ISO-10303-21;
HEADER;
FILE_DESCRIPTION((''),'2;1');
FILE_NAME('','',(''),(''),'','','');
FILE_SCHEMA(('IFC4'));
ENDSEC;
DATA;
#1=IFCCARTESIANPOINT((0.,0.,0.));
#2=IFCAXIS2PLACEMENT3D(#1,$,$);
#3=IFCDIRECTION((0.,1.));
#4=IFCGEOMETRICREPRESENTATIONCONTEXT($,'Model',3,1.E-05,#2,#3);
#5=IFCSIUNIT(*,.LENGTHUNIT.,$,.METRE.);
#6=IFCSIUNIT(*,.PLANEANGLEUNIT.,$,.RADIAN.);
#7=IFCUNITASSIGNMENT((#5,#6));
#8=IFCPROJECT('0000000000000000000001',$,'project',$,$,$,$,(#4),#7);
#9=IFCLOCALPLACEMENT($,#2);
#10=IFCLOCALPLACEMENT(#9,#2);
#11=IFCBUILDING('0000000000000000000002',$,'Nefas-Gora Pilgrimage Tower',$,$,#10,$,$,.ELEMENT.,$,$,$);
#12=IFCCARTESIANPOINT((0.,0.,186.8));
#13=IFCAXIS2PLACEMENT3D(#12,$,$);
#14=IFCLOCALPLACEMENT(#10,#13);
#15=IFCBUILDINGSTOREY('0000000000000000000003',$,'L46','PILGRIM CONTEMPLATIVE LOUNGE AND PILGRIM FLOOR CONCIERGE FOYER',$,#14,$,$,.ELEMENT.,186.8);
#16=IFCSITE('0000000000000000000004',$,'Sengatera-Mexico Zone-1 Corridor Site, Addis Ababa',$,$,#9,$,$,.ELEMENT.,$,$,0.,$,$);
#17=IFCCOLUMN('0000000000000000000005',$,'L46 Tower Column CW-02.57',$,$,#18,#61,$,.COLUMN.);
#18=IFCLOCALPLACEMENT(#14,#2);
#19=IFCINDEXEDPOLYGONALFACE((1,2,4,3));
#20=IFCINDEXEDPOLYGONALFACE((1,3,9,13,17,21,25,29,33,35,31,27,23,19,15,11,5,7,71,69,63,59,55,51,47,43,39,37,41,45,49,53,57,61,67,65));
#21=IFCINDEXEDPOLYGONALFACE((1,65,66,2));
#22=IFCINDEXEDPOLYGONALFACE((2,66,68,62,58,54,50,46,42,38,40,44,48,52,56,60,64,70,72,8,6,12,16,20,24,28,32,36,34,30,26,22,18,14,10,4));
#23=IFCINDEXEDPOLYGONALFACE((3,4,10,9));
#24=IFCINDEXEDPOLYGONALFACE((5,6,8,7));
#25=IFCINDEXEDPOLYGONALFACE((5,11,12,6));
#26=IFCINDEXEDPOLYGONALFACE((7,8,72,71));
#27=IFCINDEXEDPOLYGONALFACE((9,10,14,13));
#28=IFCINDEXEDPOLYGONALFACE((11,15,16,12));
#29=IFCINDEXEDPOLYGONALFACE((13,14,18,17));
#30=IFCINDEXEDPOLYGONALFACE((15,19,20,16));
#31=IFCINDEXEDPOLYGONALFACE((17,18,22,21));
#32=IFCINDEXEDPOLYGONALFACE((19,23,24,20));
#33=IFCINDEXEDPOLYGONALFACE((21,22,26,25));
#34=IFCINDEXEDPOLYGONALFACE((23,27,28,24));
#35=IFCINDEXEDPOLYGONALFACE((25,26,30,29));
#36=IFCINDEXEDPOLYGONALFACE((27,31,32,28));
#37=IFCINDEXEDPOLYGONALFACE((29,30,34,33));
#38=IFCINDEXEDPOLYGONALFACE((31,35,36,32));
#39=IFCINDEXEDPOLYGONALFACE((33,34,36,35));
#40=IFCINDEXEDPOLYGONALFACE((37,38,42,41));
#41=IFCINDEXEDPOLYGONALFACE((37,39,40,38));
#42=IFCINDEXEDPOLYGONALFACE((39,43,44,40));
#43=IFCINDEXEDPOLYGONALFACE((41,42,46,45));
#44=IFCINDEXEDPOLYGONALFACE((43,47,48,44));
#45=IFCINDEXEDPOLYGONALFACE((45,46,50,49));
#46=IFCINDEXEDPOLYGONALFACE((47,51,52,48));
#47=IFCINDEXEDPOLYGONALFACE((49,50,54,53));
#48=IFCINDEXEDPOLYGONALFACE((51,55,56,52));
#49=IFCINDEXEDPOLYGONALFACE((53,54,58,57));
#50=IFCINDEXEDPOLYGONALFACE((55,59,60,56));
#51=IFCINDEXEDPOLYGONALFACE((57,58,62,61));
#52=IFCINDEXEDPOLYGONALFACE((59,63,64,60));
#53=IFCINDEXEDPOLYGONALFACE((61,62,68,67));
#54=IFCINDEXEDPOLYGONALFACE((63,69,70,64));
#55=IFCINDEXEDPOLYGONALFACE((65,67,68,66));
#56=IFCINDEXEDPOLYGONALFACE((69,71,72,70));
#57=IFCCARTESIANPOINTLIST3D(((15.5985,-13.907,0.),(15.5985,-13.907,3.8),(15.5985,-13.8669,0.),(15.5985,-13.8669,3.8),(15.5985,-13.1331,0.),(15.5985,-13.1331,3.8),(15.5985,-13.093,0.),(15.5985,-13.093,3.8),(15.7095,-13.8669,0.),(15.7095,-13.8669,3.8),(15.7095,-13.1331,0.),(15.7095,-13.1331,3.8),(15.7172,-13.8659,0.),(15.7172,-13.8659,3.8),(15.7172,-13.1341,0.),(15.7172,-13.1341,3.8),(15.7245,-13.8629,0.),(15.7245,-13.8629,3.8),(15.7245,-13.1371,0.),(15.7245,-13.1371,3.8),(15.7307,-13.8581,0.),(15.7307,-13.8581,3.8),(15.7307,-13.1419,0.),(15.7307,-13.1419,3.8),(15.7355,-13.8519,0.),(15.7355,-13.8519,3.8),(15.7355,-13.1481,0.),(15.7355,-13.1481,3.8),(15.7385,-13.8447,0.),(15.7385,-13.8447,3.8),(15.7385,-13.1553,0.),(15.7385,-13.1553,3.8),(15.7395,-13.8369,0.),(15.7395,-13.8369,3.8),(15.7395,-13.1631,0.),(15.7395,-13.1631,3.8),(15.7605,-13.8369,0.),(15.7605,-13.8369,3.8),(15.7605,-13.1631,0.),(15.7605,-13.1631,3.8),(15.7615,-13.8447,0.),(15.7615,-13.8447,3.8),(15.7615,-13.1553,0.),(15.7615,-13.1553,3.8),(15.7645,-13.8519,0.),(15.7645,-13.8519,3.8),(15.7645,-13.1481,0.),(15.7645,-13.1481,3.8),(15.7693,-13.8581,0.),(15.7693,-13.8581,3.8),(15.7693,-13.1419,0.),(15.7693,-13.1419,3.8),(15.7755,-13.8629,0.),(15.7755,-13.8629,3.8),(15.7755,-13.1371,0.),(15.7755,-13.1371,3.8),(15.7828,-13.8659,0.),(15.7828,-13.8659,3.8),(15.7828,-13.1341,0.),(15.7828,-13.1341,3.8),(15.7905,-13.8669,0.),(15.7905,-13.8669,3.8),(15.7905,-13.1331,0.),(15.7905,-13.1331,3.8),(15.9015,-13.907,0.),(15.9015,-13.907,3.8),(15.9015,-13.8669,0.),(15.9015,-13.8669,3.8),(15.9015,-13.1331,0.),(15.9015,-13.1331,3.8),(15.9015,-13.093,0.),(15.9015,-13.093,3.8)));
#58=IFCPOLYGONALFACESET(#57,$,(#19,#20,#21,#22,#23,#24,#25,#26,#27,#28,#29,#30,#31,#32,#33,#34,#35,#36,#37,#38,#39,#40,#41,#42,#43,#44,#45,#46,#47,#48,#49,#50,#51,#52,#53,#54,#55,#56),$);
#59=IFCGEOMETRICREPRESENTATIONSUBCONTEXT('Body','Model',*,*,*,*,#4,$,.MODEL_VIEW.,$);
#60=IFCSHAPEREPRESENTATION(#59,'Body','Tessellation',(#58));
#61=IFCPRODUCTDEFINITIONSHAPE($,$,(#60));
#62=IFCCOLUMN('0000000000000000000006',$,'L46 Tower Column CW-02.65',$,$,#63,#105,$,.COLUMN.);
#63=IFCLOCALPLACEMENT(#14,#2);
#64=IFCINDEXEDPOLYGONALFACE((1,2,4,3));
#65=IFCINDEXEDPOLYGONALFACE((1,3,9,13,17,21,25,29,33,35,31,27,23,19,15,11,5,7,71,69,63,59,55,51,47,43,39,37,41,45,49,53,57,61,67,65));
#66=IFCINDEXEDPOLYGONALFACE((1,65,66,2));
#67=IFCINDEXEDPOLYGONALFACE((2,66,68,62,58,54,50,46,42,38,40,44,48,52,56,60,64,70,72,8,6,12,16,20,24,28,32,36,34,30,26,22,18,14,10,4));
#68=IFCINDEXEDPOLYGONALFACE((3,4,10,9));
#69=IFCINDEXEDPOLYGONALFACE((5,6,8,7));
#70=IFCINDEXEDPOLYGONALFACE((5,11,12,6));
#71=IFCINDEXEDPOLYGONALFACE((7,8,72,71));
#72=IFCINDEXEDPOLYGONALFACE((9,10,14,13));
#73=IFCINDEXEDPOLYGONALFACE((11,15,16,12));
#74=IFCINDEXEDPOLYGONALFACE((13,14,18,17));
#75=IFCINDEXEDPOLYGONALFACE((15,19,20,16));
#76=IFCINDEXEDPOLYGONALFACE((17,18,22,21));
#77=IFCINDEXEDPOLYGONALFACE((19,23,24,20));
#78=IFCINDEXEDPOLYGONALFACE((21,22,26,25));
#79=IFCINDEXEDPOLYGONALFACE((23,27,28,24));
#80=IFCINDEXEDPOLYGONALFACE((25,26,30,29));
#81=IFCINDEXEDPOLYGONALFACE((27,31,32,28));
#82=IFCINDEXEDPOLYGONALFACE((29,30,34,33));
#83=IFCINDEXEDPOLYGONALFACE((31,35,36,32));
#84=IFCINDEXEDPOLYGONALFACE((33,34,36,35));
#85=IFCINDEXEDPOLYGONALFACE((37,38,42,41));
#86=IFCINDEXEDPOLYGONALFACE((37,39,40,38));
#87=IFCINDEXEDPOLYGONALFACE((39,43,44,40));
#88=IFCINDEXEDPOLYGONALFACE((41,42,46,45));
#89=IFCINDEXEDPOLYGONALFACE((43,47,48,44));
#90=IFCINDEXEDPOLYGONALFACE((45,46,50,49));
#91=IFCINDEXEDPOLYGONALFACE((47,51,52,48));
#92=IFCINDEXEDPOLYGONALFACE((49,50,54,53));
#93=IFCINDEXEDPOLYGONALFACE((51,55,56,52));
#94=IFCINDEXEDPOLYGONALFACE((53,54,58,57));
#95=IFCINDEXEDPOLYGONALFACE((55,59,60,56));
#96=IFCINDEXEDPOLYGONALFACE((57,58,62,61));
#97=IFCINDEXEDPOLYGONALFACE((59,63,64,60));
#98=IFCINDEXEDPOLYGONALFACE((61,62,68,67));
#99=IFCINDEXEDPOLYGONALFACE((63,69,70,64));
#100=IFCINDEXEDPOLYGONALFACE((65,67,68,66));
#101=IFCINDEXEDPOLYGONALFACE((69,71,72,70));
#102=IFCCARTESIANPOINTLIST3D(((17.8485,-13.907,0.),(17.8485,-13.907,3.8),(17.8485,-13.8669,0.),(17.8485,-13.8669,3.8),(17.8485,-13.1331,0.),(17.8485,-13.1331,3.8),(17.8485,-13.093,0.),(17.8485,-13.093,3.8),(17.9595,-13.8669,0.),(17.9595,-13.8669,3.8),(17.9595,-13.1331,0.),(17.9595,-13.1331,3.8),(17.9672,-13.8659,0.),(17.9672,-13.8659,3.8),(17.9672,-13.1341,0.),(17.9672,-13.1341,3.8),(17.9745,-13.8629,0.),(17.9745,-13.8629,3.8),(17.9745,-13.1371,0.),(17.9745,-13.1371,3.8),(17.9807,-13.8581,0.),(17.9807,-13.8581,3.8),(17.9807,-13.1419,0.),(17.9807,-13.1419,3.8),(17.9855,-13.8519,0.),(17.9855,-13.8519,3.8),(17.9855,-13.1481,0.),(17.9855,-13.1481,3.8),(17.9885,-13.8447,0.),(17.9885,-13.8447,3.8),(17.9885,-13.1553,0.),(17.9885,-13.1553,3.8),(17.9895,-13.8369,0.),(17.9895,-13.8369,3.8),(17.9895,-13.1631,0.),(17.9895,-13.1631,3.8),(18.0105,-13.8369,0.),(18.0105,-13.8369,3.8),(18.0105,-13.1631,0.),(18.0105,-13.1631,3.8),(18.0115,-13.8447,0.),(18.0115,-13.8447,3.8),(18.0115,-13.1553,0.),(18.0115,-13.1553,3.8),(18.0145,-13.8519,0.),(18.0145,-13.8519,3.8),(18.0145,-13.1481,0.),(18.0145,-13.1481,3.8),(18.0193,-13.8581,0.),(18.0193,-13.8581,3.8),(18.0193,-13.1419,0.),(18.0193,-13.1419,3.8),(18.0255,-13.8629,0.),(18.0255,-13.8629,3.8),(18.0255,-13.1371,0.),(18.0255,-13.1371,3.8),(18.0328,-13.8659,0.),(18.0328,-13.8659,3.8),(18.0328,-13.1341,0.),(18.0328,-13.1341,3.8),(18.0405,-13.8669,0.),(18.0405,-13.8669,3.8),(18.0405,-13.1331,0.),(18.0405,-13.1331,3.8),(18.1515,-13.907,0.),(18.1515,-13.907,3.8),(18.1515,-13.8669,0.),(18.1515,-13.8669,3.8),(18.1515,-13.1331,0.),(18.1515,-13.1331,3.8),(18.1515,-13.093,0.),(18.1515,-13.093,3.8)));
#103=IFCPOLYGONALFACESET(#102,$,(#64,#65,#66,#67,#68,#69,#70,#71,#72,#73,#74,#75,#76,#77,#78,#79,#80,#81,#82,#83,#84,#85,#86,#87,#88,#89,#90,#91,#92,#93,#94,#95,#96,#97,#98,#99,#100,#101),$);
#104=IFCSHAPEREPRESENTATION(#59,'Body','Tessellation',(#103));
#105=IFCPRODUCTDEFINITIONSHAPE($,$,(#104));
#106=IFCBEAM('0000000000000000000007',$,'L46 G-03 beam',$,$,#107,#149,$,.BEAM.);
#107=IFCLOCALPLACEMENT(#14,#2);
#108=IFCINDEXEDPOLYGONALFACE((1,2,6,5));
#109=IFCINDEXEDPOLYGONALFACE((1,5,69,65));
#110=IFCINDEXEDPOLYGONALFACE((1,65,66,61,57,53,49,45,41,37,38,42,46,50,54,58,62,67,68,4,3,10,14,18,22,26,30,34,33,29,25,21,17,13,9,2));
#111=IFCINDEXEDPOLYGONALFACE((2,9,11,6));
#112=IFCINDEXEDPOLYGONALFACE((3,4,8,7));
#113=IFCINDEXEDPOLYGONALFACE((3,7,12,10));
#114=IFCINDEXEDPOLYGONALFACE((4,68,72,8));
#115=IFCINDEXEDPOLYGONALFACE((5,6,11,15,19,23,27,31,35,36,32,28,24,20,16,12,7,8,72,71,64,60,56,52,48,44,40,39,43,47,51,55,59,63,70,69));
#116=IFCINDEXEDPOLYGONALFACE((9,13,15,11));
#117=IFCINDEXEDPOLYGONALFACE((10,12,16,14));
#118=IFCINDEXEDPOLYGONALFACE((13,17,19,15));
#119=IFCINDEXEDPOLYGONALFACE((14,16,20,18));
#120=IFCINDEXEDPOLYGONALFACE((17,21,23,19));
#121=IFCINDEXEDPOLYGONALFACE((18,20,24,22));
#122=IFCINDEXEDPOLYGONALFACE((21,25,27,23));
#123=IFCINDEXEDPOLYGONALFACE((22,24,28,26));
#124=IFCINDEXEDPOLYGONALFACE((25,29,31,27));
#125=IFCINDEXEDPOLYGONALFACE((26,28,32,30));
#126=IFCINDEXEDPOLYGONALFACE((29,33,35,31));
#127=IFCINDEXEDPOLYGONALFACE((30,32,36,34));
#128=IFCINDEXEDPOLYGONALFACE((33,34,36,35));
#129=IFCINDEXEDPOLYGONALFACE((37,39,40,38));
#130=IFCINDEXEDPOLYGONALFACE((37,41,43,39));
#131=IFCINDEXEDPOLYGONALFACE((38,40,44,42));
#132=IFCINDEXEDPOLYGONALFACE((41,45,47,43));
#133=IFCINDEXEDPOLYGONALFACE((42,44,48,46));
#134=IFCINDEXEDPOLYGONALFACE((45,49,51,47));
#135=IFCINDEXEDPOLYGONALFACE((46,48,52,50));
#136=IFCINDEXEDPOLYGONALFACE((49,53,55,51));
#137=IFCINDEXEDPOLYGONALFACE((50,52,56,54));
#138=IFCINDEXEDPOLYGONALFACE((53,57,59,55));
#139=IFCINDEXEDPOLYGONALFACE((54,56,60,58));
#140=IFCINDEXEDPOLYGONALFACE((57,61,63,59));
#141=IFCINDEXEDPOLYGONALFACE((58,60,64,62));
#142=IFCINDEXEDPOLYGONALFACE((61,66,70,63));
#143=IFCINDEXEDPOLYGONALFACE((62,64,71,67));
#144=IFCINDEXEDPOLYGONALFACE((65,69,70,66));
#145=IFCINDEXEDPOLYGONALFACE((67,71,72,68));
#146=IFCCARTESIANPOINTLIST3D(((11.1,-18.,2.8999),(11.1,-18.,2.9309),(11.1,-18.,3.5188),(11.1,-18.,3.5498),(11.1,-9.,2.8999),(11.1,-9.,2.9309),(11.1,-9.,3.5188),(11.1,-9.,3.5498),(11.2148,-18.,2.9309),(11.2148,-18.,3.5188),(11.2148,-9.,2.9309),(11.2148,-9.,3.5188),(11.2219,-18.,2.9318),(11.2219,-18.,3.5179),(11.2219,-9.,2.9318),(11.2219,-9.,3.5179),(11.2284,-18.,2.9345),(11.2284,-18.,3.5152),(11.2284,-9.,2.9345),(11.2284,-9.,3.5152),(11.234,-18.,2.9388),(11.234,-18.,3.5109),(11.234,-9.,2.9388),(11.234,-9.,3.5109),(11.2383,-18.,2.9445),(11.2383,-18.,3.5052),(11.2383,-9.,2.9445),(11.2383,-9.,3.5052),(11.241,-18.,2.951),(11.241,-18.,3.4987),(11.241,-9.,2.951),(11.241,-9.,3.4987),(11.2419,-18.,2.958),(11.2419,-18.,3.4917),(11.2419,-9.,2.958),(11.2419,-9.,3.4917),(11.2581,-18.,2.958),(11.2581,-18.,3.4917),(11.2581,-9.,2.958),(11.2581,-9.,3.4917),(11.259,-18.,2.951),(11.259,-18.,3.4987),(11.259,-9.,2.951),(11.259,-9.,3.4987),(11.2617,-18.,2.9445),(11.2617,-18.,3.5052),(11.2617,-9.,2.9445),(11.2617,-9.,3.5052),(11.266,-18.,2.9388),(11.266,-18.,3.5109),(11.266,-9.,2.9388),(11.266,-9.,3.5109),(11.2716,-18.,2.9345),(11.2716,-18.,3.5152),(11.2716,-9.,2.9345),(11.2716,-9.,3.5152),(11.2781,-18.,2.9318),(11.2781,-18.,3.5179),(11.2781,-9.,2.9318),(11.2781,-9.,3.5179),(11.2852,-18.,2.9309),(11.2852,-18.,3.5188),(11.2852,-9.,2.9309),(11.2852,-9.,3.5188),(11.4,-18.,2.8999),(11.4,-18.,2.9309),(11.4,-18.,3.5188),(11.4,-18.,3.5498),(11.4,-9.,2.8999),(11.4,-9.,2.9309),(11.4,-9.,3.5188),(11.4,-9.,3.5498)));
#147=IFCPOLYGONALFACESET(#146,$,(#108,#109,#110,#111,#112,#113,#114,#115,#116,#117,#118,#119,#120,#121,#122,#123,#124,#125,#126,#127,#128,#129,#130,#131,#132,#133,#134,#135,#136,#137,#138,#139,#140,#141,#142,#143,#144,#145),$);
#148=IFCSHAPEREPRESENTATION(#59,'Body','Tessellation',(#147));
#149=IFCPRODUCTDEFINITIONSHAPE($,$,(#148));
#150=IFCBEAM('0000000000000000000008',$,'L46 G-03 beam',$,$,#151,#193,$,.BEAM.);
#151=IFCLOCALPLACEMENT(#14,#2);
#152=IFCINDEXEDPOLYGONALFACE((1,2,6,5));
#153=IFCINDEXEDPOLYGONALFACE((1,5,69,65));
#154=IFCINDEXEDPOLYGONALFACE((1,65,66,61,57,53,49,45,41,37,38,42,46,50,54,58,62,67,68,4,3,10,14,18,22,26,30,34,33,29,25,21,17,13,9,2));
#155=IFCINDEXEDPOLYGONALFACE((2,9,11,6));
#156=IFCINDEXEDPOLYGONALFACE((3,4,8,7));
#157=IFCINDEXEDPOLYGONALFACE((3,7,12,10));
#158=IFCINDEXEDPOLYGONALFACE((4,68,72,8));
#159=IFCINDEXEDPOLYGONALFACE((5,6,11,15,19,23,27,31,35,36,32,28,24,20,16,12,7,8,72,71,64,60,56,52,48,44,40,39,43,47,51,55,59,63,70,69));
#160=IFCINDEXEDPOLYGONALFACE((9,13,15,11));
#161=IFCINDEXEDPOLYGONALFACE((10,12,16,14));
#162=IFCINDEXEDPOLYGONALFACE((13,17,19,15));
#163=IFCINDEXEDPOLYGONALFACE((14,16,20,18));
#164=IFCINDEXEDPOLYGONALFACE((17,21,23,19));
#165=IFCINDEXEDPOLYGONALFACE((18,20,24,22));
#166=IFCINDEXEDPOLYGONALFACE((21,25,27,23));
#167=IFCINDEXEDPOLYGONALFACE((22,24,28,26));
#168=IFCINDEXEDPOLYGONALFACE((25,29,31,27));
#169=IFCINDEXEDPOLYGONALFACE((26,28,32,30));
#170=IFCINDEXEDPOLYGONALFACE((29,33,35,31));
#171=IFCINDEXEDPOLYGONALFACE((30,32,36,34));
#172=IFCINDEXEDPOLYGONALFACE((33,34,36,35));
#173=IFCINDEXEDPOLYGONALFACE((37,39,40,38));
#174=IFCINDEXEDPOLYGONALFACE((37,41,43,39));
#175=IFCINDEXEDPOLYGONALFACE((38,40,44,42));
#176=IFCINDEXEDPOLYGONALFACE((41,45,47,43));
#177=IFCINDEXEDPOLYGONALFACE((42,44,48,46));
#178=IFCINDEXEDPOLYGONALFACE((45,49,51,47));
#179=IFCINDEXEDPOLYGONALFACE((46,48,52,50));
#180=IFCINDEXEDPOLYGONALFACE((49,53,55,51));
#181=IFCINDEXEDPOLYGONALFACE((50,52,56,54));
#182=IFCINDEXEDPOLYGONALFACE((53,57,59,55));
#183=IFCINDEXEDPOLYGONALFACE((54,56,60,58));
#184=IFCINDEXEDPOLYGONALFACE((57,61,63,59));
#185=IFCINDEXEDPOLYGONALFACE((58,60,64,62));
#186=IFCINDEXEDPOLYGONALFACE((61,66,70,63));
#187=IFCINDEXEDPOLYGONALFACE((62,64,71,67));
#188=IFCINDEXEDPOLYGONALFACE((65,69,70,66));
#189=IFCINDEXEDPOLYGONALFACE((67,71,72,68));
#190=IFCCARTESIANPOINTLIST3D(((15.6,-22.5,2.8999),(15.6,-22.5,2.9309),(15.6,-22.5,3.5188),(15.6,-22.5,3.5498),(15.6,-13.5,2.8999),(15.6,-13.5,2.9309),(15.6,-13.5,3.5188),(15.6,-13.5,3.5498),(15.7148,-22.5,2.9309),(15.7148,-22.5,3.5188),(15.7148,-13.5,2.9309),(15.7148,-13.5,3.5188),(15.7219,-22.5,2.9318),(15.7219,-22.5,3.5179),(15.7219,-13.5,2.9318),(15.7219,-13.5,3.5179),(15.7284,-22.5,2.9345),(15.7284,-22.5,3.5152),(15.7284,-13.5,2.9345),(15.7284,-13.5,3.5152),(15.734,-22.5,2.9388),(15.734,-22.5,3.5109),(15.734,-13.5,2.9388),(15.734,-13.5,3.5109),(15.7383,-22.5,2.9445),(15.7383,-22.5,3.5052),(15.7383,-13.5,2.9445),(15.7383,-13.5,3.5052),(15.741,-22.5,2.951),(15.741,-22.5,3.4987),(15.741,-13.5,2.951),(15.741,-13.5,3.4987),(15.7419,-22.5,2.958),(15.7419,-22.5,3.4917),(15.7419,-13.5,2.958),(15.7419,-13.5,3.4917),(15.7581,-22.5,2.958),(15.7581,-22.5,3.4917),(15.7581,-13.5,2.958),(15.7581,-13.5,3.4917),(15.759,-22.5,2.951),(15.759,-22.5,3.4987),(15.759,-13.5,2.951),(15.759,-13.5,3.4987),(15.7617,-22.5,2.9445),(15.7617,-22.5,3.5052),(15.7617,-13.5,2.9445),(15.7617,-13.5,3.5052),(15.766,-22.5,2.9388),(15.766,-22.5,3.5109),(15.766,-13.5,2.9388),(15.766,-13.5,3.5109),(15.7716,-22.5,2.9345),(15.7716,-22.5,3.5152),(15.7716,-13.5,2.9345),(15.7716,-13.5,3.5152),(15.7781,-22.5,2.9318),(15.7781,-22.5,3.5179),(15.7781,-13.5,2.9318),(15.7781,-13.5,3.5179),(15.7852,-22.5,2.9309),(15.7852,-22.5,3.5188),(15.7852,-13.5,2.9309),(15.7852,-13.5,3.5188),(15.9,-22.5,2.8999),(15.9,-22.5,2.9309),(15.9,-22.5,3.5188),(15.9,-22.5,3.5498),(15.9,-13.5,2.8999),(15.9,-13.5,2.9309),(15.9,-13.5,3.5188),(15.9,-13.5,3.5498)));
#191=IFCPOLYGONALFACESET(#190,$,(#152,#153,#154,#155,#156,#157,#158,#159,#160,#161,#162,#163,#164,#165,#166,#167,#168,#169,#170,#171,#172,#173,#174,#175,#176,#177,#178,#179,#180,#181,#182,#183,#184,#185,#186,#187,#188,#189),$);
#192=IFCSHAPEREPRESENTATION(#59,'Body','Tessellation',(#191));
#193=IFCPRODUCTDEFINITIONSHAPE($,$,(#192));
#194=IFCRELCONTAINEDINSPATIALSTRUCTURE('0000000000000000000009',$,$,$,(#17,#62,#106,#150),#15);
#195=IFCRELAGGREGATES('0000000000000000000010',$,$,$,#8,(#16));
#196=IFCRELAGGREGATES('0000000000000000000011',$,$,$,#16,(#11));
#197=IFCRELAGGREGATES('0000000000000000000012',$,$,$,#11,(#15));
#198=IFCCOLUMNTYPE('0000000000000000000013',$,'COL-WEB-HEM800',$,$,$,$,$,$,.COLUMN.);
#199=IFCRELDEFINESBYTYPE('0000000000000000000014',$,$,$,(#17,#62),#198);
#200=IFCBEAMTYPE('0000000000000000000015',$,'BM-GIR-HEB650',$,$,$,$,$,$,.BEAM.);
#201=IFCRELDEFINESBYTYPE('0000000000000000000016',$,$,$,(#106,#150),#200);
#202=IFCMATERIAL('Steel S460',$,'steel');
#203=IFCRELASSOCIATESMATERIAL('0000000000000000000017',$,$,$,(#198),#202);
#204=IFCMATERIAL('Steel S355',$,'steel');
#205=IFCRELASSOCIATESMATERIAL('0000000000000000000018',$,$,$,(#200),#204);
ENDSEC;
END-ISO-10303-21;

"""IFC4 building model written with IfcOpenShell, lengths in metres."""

from ifc_helpers import new_model, si_unit, direction, frame, origin, origin_2d, place, context, subcontext, project, spatial, i_section, extrude, source, transform, mapped, material, material_profile, profile_set, type_object, element, save


model = new_model("IFC4")

# Units and contexts
model_context = context("Model", 3, precision=1e-05, world=origin(), true_north=direction((0.0, 1.0)))
body_context = subcontext(model_context, "Body", "Model", "MODEL_VIEW")
ifc_project = project(units=[si_unit("LENGTHUNIT", "METRE"), si_unit("PLANEANGLEUNIT", "RADIAN")], contexts=[model_context])

# Site, building, storey
site_placement = place(None, origin())
site = spatial("IfcSite", under=ifc_project, at=site_placement, Name="Sengatera-Mexico Zone-1 Corridor Site, Addis Ababa", CompositionType="ELEMENT", RefElevation=0.0)
building_placement = place(site_placement, origin())
building = spatial("IfcBuilding", under=site, at=building_placement, Name="Nefas-Gora Pilgrimage Tower", CompositionType="ELEMENT")
storey_placement = place(building_placement, frame((0.0, 0.0, 186.8)))
storey = spatial("IfcBuildingStorey", under=building, at=storey_placement, Name="L46", Description="PILGRIM CONTEMPLATIVE LOUNGE AND PILGRIM FLOOR CONCIERGE FOYER", CompositionType="ELEMENT", Elevation=186.8)

# Columns
ifc_material_1 = material(Name="Steel S460", Category="steel")
ifc_material_profile_1 = material_profile(ifc_material_1, i_section(OverallWidth=0.303, OverallDepth=0.814, WebThickness=0.021, FlangeThickness=0.04, FilletRadius=0.03, at=origin_2d()), Name="HEM 800")
ifc_profile_set_1 = profile_set([ifc_material_profile_1], Name="Steel S460")
column_type_1 = type_object("IfcColumnType", Name="COL-WEB-HEM800", PredefinedType="COLUMN", material=ifc_profile_set_1)
shared_shape_1 = source(origin(), body_context, "Body", "SweptSolid", [
    extrude(i_section(OverallWidth=0.303, OverallDepth=0.814, WebThickness=0.021, FlangeThickness=0.04, FilletRadius=0.03, at=origin_2d()), origin(), (0.0, 0.0, 1.0), 3.8),
])
for number, where, z_axis, x_axis, name in (
    (1, (15.75, -13.5, 0.0), (0.0, 0.0, 1.0), (1.0, 0.0, 0.0), "L46 Tower Column CW-02.57"),
    (2, (18.0, -13.5, 0.0), (0.0, 0.0, 1.0), (1.0, 0.0, 0.0), "L46 Tower Column CW-02.65"),
):
    element("IfcColumn", number, at=place(storey_placement, frame(where, z_axis=z_axis, x_axis=x_axis)), inside=storey, type_object=column_type_1, Name=name, PredefinedType="COLUMN", context=body_context, shape_type="MappedRepresentation", body=[
        mapped(shared_shape_1, transform((0.0, 0.0, 0.0), x_axis=(1.0, 0.0, 0.0), y_axis=(0.0, 1.0, 0.0), z_axis=(0.0, 0.0, 1.0), scale=1.0)),
    ])

# Beams
ifc_material_2 = material(Name="Steel S355", Category="steel")
ifc_material_profile_2 = material_profile(ifc_material_2, i_section(OverallWidth=0.3, OverallDepth=0.6499, WebThickness=0.0161, FlangeThickness=0.031, FilletRadius=0.0271, at=origin_2d()), Name="HEB 650")
ifc_profile_set_2 = profile_set([ifc_material_profile_2], Name="Steel S355")
beam_type_1 = type_object("IfcBeamType", Name="BM-GIR-HEB650", PredefinedType="BEAM", material=ifc_profile_set_2)
shared_shape_2 = source(origin(), body_context, "Body", "SweptSolid", [
    extrude(i_section(OverallWidth=0.3, OverallDepth=0.6499, WebThickness=0.0161, FlangeThickness=0.031, FilletRadius=0.0271, at=origin_2d()), origin(), (0.0, 0.0, 1.0), 9.0),
])
for number, where, z_axis, x_axis, name in (
    (3, (11.25, -18.0, 3.2249), (0.0, 1.0, 0.0), (-1.0, 0.0, 0.0), "L46 G-03 beam"),
    (4, (15.75, -22.5, 3.2249), (0.0, 1.0, 0.0), (-1.0, 0.0, 0.0), "L46 G-03 beam"),
):
    element("IfcBeam", number, at=place(storey_placement, frame(where, z_axis=z_axis, x_axis=x_axis)), inside=storey, type_object=beam_type_1, Name=name, PredefinedType="BEAM", context=body_context, shape_type="MappedRepresentation", body=[
        mapped(shared_shape_2, transform((0.0, 0.0, 0.0), x_axis=(1.0, 0.0, 0.0), y_axis=(0.0, 1.0, 0.0), z_axis=(0.0, 0.0, 1.0), scale=1.0)),
    ])

save(model, "model.ifc")
